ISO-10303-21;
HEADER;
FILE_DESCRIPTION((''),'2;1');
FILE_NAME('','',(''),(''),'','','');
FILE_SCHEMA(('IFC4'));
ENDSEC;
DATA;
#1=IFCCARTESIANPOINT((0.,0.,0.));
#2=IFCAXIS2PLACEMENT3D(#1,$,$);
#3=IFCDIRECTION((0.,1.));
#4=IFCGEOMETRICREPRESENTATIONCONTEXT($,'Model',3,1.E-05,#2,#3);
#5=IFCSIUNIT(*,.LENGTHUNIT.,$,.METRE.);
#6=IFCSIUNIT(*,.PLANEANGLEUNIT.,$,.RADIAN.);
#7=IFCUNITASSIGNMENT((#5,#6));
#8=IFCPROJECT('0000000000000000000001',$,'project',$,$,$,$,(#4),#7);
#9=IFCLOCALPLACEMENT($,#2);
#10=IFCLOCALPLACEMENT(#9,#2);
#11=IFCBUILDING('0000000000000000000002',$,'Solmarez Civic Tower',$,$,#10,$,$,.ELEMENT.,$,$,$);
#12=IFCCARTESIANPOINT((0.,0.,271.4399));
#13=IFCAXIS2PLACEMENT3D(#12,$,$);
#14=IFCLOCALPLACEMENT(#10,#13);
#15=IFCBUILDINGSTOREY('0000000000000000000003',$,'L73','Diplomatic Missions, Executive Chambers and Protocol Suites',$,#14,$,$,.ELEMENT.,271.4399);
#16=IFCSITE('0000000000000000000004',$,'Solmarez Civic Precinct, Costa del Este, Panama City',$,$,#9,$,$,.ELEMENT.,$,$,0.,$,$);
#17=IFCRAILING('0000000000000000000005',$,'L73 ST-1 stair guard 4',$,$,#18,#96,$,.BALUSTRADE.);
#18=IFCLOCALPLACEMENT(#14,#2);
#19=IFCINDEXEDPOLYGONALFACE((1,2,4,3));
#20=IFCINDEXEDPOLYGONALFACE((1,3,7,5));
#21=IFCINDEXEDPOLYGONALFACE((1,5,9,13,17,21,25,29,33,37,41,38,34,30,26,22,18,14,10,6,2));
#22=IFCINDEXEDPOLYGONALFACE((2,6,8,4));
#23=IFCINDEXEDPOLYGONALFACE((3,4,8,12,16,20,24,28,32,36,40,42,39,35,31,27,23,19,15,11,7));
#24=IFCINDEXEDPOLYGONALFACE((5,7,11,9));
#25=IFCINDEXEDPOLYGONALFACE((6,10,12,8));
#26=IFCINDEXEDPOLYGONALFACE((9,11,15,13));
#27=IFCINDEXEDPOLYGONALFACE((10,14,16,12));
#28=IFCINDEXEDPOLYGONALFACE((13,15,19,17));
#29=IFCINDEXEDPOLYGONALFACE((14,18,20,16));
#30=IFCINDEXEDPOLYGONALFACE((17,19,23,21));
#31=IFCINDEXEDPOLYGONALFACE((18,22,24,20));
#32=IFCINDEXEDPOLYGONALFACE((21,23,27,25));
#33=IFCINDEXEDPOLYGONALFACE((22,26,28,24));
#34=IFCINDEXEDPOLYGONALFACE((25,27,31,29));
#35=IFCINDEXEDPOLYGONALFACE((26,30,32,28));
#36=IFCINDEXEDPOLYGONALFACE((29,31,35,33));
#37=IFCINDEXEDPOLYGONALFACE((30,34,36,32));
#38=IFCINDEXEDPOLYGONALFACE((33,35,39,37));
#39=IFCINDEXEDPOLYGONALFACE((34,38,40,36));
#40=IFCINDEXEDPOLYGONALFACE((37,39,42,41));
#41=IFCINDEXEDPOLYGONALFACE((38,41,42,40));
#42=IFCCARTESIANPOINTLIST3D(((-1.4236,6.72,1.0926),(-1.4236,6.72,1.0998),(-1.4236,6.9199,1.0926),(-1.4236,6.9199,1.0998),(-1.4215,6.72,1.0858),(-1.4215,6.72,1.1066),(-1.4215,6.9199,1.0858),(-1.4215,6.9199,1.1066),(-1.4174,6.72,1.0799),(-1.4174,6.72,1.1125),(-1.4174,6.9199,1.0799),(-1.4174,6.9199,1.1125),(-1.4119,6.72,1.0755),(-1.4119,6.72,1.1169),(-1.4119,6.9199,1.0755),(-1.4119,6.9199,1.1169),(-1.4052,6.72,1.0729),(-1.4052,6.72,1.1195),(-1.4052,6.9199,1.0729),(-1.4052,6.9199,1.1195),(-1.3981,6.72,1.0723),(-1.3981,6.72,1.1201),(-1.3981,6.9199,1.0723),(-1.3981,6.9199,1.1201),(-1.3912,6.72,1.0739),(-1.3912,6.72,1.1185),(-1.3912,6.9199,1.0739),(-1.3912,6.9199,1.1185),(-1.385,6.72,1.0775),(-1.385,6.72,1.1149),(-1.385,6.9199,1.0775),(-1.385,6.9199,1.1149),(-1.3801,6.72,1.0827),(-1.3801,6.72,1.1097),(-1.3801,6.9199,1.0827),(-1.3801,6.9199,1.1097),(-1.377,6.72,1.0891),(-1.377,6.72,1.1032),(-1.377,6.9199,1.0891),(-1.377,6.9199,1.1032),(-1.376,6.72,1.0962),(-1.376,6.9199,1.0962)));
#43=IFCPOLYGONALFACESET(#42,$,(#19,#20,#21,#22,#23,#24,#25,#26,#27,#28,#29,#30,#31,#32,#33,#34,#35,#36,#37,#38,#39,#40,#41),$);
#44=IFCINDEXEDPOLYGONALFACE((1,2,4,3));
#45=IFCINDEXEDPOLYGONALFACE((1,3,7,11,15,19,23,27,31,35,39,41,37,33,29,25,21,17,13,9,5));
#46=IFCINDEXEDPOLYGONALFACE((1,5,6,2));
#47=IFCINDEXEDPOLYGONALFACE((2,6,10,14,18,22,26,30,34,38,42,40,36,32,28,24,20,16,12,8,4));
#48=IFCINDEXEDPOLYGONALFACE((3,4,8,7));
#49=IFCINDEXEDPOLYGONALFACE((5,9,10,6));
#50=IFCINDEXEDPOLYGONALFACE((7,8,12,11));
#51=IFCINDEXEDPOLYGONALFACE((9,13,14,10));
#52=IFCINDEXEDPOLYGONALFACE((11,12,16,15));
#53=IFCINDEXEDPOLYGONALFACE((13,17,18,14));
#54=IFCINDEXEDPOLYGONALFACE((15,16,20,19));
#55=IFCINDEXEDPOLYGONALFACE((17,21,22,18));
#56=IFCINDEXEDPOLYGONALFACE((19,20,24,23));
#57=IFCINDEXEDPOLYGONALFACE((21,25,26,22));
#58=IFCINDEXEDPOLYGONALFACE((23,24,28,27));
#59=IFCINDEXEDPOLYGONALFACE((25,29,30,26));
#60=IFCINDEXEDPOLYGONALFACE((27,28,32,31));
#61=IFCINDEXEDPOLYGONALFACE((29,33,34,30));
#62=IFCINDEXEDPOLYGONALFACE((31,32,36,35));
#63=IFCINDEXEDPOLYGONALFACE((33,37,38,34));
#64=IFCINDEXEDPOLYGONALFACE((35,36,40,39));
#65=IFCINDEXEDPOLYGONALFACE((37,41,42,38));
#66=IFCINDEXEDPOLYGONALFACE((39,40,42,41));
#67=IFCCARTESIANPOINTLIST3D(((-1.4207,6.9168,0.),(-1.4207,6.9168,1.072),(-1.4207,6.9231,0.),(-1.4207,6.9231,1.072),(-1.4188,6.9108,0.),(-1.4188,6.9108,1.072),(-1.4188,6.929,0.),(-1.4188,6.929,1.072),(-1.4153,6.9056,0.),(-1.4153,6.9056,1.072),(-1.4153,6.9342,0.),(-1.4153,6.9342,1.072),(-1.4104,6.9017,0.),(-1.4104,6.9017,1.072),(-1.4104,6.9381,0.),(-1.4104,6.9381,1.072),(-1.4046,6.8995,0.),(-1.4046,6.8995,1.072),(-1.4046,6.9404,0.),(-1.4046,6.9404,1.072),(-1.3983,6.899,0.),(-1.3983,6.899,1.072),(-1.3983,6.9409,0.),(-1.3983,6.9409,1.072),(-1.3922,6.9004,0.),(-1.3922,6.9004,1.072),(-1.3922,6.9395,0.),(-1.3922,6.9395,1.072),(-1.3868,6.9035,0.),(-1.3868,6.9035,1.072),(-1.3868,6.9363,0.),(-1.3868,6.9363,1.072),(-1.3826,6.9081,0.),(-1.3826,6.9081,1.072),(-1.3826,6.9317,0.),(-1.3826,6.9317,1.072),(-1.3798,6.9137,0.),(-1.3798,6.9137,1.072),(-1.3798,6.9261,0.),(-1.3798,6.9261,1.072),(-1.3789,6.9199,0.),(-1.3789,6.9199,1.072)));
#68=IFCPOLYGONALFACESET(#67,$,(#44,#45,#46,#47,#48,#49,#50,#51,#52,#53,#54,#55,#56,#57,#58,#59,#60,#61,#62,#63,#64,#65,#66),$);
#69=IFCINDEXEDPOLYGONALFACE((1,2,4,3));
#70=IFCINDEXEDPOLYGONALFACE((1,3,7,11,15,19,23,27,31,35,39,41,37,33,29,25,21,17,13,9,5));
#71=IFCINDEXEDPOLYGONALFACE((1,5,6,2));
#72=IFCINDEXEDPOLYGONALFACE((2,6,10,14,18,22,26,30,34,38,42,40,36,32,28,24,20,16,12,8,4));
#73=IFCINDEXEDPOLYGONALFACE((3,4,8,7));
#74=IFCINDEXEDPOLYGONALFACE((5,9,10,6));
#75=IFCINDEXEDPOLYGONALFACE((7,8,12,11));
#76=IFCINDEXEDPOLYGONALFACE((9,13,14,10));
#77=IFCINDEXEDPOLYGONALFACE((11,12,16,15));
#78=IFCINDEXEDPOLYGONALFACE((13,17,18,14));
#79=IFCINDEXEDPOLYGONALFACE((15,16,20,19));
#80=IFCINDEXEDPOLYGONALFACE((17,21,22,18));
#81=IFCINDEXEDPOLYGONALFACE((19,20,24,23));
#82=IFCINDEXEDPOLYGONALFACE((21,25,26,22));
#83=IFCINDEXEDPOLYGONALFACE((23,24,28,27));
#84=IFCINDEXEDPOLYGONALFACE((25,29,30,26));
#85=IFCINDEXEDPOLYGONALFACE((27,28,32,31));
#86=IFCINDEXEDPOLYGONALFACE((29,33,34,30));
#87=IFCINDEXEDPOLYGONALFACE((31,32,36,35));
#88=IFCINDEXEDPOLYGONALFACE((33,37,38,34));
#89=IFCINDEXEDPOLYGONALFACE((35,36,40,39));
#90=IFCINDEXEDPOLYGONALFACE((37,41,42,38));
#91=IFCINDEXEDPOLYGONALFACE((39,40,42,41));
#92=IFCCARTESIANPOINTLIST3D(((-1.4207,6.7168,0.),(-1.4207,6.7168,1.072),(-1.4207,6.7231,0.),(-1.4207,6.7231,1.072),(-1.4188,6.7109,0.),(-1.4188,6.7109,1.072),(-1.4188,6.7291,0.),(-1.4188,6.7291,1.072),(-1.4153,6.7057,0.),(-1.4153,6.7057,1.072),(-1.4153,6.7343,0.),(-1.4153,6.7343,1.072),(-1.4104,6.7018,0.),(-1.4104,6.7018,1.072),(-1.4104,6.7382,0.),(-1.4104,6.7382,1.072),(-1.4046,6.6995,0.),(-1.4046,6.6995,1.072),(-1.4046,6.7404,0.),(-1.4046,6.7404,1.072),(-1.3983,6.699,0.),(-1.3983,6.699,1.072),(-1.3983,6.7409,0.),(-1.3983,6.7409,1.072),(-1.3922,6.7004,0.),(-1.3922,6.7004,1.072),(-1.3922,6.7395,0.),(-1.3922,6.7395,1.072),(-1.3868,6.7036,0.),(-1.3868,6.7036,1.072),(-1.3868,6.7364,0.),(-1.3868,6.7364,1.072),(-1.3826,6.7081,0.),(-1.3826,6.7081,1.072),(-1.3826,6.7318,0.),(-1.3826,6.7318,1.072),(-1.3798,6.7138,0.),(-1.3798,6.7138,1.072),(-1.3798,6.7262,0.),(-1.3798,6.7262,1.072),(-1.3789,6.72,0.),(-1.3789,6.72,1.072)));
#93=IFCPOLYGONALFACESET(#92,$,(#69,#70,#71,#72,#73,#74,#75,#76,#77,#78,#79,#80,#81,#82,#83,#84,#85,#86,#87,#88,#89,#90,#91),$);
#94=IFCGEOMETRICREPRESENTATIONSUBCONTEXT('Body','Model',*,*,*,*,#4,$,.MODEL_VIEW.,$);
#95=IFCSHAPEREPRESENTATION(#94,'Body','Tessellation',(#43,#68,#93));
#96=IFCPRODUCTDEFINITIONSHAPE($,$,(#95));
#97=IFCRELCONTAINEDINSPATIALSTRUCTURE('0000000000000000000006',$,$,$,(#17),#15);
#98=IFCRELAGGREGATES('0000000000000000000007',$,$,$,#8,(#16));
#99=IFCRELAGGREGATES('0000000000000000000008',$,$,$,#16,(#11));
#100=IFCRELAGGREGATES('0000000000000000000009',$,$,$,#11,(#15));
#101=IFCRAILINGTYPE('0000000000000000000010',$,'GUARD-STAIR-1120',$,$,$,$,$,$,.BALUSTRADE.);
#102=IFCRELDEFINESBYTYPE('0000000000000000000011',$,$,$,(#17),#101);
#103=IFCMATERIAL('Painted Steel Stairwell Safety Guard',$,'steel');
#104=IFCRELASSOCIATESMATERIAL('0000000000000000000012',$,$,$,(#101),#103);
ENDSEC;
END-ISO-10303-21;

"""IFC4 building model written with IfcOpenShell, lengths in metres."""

from ifc_helpers import new_model, si_unit, direction, frame, origin, origin_2d, place, context, subcontext, project, spatial, circle, extrude, material, type_object, element, save


model = new_model("IFC4")

# Units and contexts
model_context = context("Model", 3, precision=1e-05, world=origin(), true_north=direction((0.0, 1.0)))
body_context = subcontext(model_context, "Body", "Model", "MODEL_VIEW")
ifc_project = project(units=[si_unit("LENGTHUNIT", "METRE"), si_unit("PLANEANGLEUNIT", "RADIAN")], contexts=[model_context])

# Site, building, storey
site_placement = place(None, origin())
site = spatial("IfcSite", under=ifc_project, at=site_placement, Name="Solmarez Civic Precinct, Costa del Este, Panama City", CompositionType="ELEMENT", RefElevation=0.0)
building_placement = place(site_placement, origin())
building = spatial("IfcBuilding", under=site, at=building_placement, Name="Solmarez Civic Tower", CompositionType="ELEMENT")
storey_placement = place(building_placement, frame((0.0, 0.0, 271.4399)))
storey = spatial("IfcBuildingStorey", under=building, at=storey_placement, Name="L73", Description="Diplomatic Missions, Executive Chambers and Protocol Suites", CompositionType="ELEMENT", Elevation=271.4399)

# Railing
ifc_material_1 = material(Name="Painted Steel Stairwell Safety Guard", Category="steel")
railing_type_1 = type_object("IfcRailingType", Name="GUARD-STAIR-1120", PredefinedType="BALUSTRADE", material=ifc_material_1)
railing_1_placement = place(storey_placement, frame((-1.3999, 6.9199, 0.0)))
element("IfcRailing", 1, at=railing_1_placement, inside=storey, type_object=railing_type_1, Name="L73 ST-1 stair guard 4", PredefinedType="BALUSTRADE", context=body_context, shape_type="SweptSolid", body=[
    extrude(circle(Radius=0.0239, at=origin_2d()), frame((0.0, 0.0, 1.0962), z_axis=(0.0, -1.0, 0.0), x_axis=(1.0, 0.0, 0.0)), (0.0, 0.0, 1.0), 0.2),
    extrude(circle(Radius=0.021, at=origin_2d()), origin(), (0.0, 0.0, 1.0), 1.072),
    extrude(circle(Radius=0.021, at=origin_2d()), frame((0.0, -0.2, 0.0)), (0.0, 0.0, 1.0), 1.072),
])

save(model, "model.ifc")
